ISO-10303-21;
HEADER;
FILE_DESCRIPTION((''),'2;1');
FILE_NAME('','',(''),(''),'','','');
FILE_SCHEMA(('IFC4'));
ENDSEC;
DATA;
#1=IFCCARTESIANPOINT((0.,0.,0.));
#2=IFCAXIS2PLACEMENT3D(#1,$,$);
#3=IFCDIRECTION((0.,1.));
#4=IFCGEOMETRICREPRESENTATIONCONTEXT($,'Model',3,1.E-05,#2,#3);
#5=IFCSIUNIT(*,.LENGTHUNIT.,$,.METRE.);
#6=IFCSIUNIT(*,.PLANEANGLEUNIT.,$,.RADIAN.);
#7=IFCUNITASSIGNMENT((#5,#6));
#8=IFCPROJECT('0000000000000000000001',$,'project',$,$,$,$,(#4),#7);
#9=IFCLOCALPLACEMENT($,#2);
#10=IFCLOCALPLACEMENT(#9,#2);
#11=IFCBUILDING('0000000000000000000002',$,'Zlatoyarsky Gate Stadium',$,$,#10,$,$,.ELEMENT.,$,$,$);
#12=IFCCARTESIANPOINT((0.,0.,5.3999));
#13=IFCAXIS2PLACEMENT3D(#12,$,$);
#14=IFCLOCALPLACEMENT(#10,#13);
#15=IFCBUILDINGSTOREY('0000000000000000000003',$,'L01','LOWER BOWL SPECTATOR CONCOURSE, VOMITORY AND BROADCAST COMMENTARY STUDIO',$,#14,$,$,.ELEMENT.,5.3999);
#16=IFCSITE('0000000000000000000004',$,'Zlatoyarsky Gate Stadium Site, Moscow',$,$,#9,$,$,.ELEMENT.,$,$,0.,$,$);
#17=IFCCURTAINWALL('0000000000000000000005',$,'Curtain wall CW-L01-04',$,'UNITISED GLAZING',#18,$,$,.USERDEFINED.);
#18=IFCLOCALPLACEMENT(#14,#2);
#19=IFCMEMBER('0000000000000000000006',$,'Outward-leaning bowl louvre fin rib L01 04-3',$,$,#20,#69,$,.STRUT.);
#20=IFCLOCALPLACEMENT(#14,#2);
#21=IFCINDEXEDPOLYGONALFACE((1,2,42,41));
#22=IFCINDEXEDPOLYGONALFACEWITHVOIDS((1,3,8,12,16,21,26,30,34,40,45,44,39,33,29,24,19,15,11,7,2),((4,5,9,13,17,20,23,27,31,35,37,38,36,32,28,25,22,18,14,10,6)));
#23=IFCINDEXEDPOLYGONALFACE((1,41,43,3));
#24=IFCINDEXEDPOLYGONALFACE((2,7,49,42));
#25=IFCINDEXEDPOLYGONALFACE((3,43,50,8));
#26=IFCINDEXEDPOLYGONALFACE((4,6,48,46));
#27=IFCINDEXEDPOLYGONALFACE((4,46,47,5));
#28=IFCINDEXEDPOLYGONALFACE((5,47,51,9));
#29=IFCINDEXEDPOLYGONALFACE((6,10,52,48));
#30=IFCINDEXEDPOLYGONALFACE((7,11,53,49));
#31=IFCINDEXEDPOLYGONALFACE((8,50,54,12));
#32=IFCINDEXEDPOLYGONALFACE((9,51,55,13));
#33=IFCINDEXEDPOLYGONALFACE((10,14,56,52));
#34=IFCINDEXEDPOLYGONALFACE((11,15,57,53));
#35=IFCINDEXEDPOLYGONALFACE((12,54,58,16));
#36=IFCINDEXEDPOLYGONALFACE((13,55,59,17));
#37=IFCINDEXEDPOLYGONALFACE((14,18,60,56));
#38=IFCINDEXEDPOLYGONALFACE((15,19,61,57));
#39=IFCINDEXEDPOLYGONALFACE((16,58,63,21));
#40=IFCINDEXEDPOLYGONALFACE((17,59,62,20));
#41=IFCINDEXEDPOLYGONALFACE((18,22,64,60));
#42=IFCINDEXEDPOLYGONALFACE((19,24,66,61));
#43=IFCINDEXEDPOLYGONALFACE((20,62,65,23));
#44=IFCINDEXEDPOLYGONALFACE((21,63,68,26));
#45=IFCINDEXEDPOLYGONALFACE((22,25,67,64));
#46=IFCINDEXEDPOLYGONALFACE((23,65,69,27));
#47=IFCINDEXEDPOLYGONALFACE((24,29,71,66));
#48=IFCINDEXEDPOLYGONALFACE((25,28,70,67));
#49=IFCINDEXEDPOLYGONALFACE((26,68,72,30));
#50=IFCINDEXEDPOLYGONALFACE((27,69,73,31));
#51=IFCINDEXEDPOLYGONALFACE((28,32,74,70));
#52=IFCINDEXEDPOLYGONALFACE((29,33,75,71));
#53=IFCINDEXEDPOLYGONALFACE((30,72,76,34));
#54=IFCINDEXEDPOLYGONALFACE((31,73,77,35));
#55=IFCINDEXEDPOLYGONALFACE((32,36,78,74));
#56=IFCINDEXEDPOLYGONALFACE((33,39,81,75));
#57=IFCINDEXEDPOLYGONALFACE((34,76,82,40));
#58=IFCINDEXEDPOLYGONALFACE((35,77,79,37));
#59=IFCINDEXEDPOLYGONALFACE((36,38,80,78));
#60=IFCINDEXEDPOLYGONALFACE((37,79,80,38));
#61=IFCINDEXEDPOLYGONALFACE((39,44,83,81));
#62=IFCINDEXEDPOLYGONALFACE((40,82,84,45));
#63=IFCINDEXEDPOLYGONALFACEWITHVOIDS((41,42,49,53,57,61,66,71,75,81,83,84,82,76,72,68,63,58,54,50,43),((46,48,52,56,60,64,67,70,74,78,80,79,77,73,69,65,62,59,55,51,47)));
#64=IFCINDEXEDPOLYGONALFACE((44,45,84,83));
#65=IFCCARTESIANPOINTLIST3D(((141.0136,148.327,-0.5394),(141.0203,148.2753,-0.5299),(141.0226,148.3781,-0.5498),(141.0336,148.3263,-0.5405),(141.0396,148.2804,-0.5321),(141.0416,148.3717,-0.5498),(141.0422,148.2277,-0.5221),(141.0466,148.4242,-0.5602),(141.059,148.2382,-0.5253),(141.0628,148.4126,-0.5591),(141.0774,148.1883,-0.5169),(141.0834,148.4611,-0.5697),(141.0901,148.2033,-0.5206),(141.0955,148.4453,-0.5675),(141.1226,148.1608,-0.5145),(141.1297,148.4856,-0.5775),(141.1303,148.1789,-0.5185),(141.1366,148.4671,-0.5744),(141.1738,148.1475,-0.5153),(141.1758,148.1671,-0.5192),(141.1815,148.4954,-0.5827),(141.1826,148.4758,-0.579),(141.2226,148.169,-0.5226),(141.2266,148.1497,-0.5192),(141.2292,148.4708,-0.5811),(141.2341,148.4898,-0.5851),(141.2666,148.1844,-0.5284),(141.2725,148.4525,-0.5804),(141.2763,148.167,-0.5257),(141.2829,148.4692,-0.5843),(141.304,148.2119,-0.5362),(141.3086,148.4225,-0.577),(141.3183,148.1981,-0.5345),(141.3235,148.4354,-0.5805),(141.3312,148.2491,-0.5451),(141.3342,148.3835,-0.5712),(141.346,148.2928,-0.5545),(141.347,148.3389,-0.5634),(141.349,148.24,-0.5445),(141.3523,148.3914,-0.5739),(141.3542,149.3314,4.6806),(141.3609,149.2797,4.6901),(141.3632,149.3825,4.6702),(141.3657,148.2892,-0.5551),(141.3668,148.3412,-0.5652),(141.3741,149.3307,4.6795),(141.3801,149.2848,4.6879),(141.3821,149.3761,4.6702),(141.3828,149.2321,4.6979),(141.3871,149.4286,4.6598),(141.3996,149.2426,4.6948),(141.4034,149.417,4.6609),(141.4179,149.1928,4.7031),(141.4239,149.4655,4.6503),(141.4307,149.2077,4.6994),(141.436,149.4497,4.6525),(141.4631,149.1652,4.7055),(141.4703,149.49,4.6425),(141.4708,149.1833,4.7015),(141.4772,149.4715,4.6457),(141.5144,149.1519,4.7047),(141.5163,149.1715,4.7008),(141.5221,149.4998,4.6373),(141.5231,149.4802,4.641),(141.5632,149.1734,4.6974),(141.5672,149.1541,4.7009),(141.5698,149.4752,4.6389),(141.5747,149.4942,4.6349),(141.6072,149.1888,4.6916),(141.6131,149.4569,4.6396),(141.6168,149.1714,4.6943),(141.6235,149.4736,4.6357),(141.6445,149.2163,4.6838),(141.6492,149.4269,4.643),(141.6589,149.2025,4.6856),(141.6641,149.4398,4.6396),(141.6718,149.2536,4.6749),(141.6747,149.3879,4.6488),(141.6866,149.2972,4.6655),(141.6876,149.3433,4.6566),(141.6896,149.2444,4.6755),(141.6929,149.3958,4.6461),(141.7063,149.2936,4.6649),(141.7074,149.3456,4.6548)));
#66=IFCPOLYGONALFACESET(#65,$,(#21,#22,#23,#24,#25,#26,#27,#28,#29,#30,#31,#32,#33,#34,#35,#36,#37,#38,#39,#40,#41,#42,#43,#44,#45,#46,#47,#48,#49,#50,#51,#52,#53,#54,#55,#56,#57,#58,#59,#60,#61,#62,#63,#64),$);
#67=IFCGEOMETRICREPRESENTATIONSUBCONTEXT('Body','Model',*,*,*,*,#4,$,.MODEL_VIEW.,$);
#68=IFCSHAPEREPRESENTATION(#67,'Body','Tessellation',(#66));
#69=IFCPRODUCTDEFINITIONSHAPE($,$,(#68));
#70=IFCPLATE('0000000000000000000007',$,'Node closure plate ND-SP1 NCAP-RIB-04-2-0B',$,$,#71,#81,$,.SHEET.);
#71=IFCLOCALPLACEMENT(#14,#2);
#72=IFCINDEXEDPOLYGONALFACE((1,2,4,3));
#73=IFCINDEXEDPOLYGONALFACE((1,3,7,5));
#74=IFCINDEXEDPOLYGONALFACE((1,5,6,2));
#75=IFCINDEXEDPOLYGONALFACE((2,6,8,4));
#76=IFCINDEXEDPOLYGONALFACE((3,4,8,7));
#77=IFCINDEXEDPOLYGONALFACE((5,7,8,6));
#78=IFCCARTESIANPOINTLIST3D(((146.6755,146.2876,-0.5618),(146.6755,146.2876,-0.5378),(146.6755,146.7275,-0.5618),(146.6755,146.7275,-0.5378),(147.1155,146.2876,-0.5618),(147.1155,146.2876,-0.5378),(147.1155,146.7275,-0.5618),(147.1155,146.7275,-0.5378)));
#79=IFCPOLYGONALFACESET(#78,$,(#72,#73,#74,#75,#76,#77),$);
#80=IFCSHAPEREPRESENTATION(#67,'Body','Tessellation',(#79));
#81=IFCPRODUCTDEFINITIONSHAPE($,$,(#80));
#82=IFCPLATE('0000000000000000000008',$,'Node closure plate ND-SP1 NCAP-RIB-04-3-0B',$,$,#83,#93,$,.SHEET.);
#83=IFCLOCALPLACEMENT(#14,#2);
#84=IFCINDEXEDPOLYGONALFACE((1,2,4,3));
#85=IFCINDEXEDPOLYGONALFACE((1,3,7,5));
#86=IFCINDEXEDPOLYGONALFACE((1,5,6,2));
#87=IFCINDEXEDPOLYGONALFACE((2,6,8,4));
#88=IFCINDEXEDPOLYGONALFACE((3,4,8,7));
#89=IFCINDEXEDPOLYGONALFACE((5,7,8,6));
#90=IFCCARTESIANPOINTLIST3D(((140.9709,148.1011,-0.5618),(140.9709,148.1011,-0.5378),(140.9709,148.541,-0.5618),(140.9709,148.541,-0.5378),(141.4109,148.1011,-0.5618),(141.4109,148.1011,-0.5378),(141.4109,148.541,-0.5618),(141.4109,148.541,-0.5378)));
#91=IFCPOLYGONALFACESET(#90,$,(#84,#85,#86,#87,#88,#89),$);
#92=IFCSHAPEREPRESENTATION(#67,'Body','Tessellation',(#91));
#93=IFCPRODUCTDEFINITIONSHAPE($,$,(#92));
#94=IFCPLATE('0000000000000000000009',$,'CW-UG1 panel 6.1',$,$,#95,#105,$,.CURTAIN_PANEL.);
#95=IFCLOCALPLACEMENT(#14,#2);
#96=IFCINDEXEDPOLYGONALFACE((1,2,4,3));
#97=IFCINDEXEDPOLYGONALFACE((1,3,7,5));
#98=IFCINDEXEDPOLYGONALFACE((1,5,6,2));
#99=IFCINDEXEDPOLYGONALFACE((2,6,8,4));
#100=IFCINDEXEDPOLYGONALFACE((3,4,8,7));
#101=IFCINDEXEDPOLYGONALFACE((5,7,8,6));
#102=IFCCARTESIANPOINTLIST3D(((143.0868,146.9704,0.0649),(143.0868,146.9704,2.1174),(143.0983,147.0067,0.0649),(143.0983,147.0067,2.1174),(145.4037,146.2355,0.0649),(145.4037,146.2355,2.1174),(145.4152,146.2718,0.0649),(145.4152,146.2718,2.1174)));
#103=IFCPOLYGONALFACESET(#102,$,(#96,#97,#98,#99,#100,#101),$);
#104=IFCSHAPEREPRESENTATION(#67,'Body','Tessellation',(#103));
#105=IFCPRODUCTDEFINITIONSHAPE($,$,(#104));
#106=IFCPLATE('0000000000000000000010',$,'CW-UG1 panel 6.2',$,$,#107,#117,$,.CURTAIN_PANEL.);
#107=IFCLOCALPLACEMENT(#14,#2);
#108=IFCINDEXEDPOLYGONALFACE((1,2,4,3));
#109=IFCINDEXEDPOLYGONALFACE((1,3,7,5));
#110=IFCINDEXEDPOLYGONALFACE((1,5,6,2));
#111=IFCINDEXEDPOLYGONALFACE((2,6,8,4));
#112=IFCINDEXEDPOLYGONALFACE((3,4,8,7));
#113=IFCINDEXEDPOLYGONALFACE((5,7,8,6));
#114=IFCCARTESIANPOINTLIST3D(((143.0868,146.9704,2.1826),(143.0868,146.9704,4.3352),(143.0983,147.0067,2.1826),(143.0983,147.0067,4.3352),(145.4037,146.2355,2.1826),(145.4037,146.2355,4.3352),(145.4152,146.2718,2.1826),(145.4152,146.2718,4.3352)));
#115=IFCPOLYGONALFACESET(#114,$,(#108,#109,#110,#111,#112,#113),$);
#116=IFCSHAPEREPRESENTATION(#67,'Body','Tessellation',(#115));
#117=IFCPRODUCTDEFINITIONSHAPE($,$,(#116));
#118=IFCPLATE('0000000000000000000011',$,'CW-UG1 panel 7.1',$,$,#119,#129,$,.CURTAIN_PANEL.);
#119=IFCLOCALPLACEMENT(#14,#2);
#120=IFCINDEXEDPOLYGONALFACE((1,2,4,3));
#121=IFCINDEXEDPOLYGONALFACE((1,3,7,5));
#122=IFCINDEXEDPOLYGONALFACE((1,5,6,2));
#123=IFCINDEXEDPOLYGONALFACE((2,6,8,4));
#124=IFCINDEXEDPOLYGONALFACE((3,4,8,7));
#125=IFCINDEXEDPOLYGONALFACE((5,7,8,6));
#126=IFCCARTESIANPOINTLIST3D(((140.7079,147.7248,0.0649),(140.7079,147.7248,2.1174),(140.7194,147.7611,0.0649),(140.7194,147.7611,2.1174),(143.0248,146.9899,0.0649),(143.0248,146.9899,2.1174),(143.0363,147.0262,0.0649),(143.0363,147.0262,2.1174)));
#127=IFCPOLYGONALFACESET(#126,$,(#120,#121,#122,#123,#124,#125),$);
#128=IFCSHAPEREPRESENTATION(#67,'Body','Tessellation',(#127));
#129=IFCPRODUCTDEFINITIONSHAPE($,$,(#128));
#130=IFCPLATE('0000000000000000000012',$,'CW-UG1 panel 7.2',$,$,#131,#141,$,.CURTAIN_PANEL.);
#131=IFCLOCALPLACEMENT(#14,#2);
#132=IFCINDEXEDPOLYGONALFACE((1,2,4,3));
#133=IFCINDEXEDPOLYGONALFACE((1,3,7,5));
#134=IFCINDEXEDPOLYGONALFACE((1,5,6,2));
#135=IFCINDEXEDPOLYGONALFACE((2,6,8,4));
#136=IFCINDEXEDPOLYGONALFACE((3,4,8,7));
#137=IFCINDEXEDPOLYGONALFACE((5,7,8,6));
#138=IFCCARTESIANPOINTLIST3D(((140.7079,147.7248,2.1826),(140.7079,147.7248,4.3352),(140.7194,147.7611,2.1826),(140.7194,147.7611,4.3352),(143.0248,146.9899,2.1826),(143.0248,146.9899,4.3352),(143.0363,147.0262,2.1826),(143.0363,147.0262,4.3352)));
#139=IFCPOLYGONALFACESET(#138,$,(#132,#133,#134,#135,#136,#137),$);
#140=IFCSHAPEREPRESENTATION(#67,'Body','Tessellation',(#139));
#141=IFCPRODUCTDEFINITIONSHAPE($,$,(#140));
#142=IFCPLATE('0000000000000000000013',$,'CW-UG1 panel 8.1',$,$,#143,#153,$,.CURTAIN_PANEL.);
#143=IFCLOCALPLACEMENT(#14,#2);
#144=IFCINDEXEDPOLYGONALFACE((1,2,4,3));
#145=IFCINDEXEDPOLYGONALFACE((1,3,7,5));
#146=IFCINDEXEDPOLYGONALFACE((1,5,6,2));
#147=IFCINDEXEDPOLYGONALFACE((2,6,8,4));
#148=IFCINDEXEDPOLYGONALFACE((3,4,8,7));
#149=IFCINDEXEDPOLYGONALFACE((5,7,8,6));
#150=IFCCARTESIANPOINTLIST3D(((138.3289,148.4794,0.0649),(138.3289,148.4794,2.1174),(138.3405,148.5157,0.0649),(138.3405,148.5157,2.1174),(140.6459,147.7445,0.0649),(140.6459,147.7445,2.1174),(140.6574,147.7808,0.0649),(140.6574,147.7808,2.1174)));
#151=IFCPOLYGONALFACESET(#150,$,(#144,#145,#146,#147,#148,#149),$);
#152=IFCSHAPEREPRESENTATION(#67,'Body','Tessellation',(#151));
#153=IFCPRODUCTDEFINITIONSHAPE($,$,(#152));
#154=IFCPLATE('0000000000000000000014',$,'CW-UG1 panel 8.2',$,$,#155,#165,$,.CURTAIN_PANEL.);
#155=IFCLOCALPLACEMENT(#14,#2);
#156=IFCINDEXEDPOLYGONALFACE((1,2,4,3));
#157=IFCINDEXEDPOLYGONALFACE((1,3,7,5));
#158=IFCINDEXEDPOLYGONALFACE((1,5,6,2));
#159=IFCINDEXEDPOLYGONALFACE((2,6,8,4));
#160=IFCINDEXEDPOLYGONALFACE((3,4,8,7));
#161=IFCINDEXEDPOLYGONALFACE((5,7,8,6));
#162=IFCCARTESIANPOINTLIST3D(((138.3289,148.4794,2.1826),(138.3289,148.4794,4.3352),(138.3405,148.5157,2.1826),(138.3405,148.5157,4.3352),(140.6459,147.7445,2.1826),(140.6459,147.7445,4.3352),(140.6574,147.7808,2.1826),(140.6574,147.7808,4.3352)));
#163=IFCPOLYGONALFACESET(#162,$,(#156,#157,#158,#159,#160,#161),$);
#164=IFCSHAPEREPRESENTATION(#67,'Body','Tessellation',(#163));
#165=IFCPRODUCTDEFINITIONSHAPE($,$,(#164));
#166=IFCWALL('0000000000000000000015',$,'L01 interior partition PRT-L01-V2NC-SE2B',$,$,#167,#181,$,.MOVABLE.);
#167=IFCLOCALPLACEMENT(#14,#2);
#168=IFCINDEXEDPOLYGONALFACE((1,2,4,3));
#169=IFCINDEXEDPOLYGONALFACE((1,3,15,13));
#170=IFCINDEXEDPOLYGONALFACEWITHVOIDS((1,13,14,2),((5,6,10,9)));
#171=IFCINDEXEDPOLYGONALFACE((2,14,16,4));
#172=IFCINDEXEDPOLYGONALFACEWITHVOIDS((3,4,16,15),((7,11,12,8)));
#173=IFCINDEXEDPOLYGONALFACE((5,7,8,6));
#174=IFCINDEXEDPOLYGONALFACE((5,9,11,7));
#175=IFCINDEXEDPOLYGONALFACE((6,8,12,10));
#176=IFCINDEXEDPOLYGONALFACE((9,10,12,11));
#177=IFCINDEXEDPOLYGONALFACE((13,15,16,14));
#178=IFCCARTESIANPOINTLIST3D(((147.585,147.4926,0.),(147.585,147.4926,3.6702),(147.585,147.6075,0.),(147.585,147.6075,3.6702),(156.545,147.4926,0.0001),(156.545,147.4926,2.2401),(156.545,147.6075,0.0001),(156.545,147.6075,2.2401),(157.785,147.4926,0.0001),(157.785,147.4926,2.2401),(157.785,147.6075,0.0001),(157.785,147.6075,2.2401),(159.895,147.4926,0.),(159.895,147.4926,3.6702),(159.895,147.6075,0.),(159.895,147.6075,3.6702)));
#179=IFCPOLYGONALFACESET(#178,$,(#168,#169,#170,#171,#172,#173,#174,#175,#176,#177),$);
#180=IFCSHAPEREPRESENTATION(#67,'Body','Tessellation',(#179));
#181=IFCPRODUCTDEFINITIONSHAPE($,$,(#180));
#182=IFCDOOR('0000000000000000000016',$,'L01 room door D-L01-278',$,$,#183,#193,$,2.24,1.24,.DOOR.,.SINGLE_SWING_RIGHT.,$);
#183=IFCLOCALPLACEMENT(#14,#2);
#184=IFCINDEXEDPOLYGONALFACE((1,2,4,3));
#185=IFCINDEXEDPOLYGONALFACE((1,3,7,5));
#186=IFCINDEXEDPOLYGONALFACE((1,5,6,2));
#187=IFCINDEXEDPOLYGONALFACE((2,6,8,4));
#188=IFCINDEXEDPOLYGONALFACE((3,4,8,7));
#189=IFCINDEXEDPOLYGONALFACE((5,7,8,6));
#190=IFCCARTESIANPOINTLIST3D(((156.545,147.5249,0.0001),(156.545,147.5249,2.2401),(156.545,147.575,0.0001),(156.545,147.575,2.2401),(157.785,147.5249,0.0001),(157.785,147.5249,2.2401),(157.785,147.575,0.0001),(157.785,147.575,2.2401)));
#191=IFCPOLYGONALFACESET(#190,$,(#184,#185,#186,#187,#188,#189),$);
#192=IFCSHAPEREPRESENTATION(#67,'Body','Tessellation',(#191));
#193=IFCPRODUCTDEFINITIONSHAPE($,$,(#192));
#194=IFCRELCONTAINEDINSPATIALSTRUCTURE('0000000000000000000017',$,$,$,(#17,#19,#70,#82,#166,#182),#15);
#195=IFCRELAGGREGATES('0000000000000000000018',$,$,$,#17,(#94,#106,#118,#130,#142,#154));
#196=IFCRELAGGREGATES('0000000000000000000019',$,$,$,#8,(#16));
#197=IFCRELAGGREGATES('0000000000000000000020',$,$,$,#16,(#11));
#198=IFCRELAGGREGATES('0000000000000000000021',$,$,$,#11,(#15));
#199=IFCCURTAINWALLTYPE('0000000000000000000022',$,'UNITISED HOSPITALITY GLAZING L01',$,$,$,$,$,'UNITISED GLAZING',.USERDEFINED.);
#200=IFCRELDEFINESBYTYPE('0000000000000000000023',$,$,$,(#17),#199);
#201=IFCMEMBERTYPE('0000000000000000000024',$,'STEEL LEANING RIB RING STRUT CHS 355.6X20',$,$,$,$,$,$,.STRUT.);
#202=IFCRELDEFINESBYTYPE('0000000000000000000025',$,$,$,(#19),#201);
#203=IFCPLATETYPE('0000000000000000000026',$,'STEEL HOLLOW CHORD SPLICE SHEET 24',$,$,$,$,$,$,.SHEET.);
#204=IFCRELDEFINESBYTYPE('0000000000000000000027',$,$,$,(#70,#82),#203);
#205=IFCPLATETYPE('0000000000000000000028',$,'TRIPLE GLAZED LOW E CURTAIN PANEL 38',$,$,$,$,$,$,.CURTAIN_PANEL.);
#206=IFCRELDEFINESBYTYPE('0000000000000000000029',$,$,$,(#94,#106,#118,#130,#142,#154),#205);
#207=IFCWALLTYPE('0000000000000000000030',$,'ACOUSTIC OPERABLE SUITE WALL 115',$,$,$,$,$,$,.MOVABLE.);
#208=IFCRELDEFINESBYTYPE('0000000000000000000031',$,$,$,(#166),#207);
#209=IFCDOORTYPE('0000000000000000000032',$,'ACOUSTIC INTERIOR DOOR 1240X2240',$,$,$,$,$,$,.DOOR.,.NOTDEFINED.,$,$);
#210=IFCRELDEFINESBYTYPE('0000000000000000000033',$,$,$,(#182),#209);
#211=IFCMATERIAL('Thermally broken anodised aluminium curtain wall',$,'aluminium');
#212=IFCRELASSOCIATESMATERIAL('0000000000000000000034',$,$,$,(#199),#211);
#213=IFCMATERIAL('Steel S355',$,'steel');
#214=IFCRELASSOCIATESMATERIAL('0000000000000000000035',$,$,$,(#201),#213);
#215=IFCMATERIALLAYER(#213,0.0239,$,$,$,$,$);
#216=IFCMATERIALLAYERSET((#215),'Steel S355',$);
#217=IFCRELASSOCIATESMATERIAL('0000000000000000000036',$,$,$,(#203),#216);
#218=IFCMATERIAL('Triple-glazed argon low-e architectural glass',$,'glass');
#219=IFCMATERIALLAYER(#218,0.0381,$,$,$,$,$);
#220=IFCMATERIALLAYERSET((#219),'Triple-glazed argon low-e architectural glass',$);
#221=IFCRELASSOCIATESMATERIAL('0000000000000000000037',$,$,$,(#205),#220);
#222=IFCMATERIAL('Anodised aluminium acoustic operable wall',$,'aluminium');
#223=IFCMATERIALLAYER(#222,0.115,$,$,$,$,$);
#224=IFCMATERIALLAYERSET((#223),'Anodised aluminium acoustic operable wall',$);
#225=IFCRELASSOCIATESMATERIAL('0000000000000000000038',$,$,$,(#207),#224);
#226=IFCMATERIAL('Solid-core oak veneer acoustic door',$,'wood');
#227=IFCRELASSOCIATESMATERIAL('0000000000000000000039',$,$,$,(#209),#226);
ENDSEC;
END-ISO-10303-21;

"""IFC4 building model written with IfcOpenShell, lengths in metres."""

from ifc_helpers import new_model, si_unit, direction, frame, frame_2d, origin, origin_2d, place, context, subcontext, project, spatial, rectangle, hollow_circle, extrude, material, layer, layer_set, material_profile, profile_set, type_object, element, fill, aggregate, save


model = new_model("IFC4")

# Units and contexts
model_context = context("Model", 3, precision=1e-05, world=origin(), true_north=direction((0.0, 1.0)))
body_context = subcontext(model_context, "Body", "Model", "MODEL_VIEW")
ifc_project = project(units=[si_unit("LENGTHUNIT", "METRE"), si_unit("PLANEANGLEUNIT", "RADIAN")], contexts=[model_context])

# Site, building, storey
site_placement = place(None, origin())
site = spatial("IfcSite", under=ifc_project, at=site_placement, Name="Zlatoyarsky Gate Stadium Site, Moscow", CompositionType="ELEMENT", RefElevation=0.0)
building_placement = place(site_placement, origin())
building = spatial("IfcBuilding", under=site, at=building_placement, Name="Zlatoyarsky Gate Stadium", CompositionType="ELEMENT")
storey_placement = place(building_placement, frame((0.0, 0.0, 5.3999)))
storey = spatial("IfcBuildingStorey", under=building, at=storey_placement, Name="L01", Description="LOWER BOWL SPECTATOR CONCOURSE, VOMITORY AND BROADCAST COMMENTARY STUDIO", CompositionType="ELEMENT", Elevation=5.3999)

# Curtain wall
ifc_material_1 = material(Name="Thermally broken anodised aluminium curtain wall", Category="aluminium")
curtain_wall_type = type_object("IfcCurtainWallType", Name="UNITISED HOSPITALITY GLAZING L01", ElementType="UNITISED GLAZING", PredefinedType="USERDEFINED", material=ifc_material_1)
curtain_wall_placement = place(storey_placement, origin())
curtain_wall = element("IfcCurtainWall", 1, at=curtain_wall_placement, inside=storey, type_object=curtain_wall_type, Name="Curtain wall CW-L01-04", ObjectType="UNITISED GLAZING", PredefinedType="USERDEFINED")

# Member
ifc_material_2 = material(Name="Steel S355", Category="steel")
ifc_material_profile_1 = material_profile(ifc_material_2, hollow_circle(Radius=0.1777, WallThickness=0.02, at=origin_2d()), Name="CHS 355.6X20")
ifc_profile_set_1 = profile_set([ifc_material_profile_1], Name="Steel S355")
member_type_1 = type_object("IfcMemberType", Name="STEEL LEANING RIB RING STRUT CHS 355.6X20", PredefinedType="STRUT", material=ifc_profile_set_1)
member_1_placement = place(storey_placement, frame((141.1909, 148.321, -0.5498), z_axis=(0.063938, 0.188561, 0.979978), x_axis=(-0.947036, 0.321127, 0.0)))
element("IfcMember", 2, at=member_1_placement, inside=storey, type_object=member_type_1, Name="Outward-leaning bowl louvre fin rib L01 04-3", PredefinedType="STRUT", context=body_context, shape_type="SweptSolid", body=[
    extrude(hollow_circle(Radius=0.1777, WallThickness=0.02, at=origin_2d()), origin(), (0.0, 0.0, 1.0), 5.3267),
])

# Plates
ifc_layer_1 = layer(ifc_material_2, 0.0239)
ifc_layer_set_1 = layer_set([ifc_layer_1], Name="Steel S355")
plate_type_1 = type_object("IfcPlateType", Name="STEEL HOLLOW CHORD SPLICE SHEET 24", PredefinedType="SHEET", material=ifc_layer_set_1)
for number, where, z_axis, x_axis, name in (
    (3, (146.8955, 146.5076, -0.5618), (0.0, 0.0, 1.0), (1.0, 0.0, 0.0), "Node closure plate ND-SP1 NCAP-RIB-04-2-0B"),
    (4, (141.1909, 148.321, -0.5618), (0.0, 0.0, 1.0), (1.0, 0.0, 0.0), "Node closure plate ND-SP1 NCAP-RIB-04-3-0B"),
):
    element("IfcPlate", number, at=place(storey_placement, frame(where, z_axis=z_axis, x_axis=x_axis)), inside=storey, type_object=plate_type_1, Name=name, PredefinedType="SHEET", context=body_context, shape_type="SweptSolid", body=[
        extrude(rectangle(XDim=0.4399, YDim=0.4399, at=origin_2d()), origin(), (0.0, 0.0, 1.0), 0.0239),
    ])

# Plates
ifc_material_3 = material(Name="Triple-glazed argon low-e architectural glass", Category="glass")
ifc_layer_2 = layer(ifc_material_3, 0.0381)
ifc_layer_set_2 = layer_set([ifc_layer_2], Name="Triple-glazed argon low-e architectural glass")
plate_type_2 = type_object("IfcPlateType", Name="TRIPLE GLAZED LOW E CURTAIN PANEL 38", PredefinedType="CURTAIN_PANEL", material=ifc_layer_set_2)
plate_1_placement = place(storey_placement, frame((144.251, 146.6211, 0.0649), z_axis=(0.0, 0.0, 1.0), x_axis=(-0.953202, 0.302334, 0.0)))
plate_1 = element("IfcPlate", 5, at=plate_1_placement, type_object=plate_type_2, Name="CW-UG1 panel 6.1", PredefinedType="CURTAIN_PANEL", context=body_context, shape_type="SweptSolid", body=[
    extrude(rectangle(XDim=2.4307, YDim=0.0381, at=origin_2d()), origin(), (0.0, 0.0, 1.0), 2.0525),
])
plate_2_placement = place(storey_placement, frame((144.251, 146.6211, 2.1826), z_axis=(0.0, 0.0, 1.0), x_axis=(-0.953202, 0.302334, 0.0)))
plate_2 = element("IfcPlate", 6, at=plate_2_placement, type_object=plate_type_2, Name="CW-UG1 panel 6.2", PredefinedType="CURTAIN_PANEL", context=body_context, shape_type="SweptSolid", body=[
    extrude(rectangle(XDim=2.4307, YDim=0.0381, at=origin_2d()), origin(), (0.0, 0.0, 1.0), 2.1526),
])
plate_3_placement = place(storey_placement, frame((141.8721, 147.3755, 0.0649), z_axis=(0.0, 0.0, 1.0), x_axis=(-0.953202, 0.302334, 0.0)))
plate_3 = element("IfcPlate", 7, at=plate_3_placement, type_object=plate_type_2, Name="CW-UG1 panel 7.1", PredefinedType="CURTAIN_PANEL", context=body_context, shape_type="SweptSolid", body=[
    extrude(rectangle(XDim=2.4307, YDim=0.0381, at=origin_2d()), origin(), (0.0, 0.0, 1.0), 2.0525),
])
plate_4_placement = place(storey_placement, frame((141.8721, 147.3755, 2.1826), z_axis=(0.0, 0.0, 1.0), x_axis=(-0.953202, 0.302334, 0.0)))
plate_4 = element("IfcPlate", 8, at=plate_4_placement, type_object=plate_type_2, Name="CW-UG1 panel 7.2", PredefinedType="CURTAIN_PANEL", context=body_context, shape_type="SweptSolid", body=[
    extrude(rectangle(XDim=2.4307, YDim=0.0381, at=origin_2d()), origin(), (0.0, 0.0, 1.0), 2.1526),
])
plate_5_placement = place(storey_placement, frame((139.4932, 148.1301, 0.0649), z_axis=(0.0, 0.0, 1.0), x_axis=(-0.953202, 0.302334, 0.0)))
plate_5 = element("IfcPlate", 9, at=plate_5_placement, type_object=plate_type_2, Name="CW-UG1 panel 8.1", PredefinedType="CURTAIN_PANEL", context=body_context, shape_type="SweptSolid", body=[
    extrude(rectangle(XDim=2.4307, YDim=0.0381, at=origin_2d()), origin(), (0.0, 0.0, 1.0), 2.0525),
])
plate_6_placement = place(storey_placement, frame((139.4932, 148.1301, 2.1826), z_axis=(0.0, 0.0, 1.0), x_axis=(-0.953202, 0.302334, 0.0)))
plate_6 = element("IfcPlate", 10, at=plate_6_placement, type_object=plate_type_2, Name="CW-UG1 panel 8.2", PredefinedType="CURTAIN_PANEL", context=body_context, shape_type="SweptSolid", body=[
    extrude(rectangle(XDim=2.4307, YDim=0.0381, at=origin_2d()), origin(), (0.0, 0.0, 1.0), 2.1526),
])
aggregate(curtain_wall, [plate_1, plate_2, plate_3, plate_4, plate_5, plate_6])

# Wall, opening, door
ifc_material_4 = material(Name="Anodised aluminium acoustic operable wall", Category="aluminium")
ifc_layer_3 = layer(ifc_material_4, 0.115)
ifc_layer_set_3 = layer_set([ifc_layer_3], Name="Anodised aluminium acoustic operable wall")
wall_type_1 = type_object("IfcWallType", Name="ACOUSTIC OPERABLE SUITE WALL 115", PredefinedType="MOVABLE", material=ifc_layer_set_3)
wall_1_placement = place(storey_placement, frame((147.585, 147.55, 0.0), z_axis=(0.0, 0.0, 1.0), x_axis=(1.0, 0.0, 0.0)))
wall_1 = element("IfcWall", 11, at=wall_1_placement, inside=storey, type_object=wall_type_1, Name="L01 interior partition PRT-L01-V2NC-SE2B", PredefinedType="MOVABLE", context=body_context, shape_type="SweptSolid", body=[
    extrude(rectangle(XDim=12.3101, YDim=0.115, at=frame_2d((6.155, 0.0))), origin(), (0.0, 0.0, 1.0), 3.6702),
])
opening_placement = place(wall_1_placement, frame((8.96, 0.0, 0.0)))
opening = element("IfcOpeningElement", 12, at=opening_placement, cuts=wall_1, PredefinedType="OPENING", context=body_context, shape_type="SweptSolid", body=[
    extrude(rectangle(XDim=1.24, YDim=2.24, at=frame_2d((0.6201, 1.1201))), frame((0.0, 0.0674, 0.0), z_axis=(0.0, -1.0, 0.0), x_axis=(1.0, 0.0, 0.0)), (0.0, 0.0, 1.0), 0.135),
])
ifc_material_5 = material(Name="Solid-core oak veneer acoustic door", Category="wood")
door_type = type_object("IfcDoorType", Name="ACOUSTIC INTERIOR DOOR 1240X2240", OperationType="NOTDEFINED", PredefinedType="DOOR", material=ifc_material_5)
door_placement = place(opening_placement, origin())
door = element("IfcDoor", 13, at=door_placement, inside=storey, type_object=door_type, Name="L01 room door D-L01-278", OperationType="SINGLE_SWING_RIGHT", OverallHeight=2.24, OverallWidth=1.24, PredefinedType="DOOR", context=body_context, shape_type="SweptSolid", body=[
    extrude(rectangle(XDim=1.24, YDim=2.24, at=frame_2d((0.6201, 1.1201))), frame((0.0, 0.0249, 0.0), z_axis=(0.0, -1.0, 0.0), x_axis=(1.0, 0.0, 0.0)), (0.0, 0.0, 1.0), 0.05),
])
fill(opening, door)

save(model, "model.ifc")
